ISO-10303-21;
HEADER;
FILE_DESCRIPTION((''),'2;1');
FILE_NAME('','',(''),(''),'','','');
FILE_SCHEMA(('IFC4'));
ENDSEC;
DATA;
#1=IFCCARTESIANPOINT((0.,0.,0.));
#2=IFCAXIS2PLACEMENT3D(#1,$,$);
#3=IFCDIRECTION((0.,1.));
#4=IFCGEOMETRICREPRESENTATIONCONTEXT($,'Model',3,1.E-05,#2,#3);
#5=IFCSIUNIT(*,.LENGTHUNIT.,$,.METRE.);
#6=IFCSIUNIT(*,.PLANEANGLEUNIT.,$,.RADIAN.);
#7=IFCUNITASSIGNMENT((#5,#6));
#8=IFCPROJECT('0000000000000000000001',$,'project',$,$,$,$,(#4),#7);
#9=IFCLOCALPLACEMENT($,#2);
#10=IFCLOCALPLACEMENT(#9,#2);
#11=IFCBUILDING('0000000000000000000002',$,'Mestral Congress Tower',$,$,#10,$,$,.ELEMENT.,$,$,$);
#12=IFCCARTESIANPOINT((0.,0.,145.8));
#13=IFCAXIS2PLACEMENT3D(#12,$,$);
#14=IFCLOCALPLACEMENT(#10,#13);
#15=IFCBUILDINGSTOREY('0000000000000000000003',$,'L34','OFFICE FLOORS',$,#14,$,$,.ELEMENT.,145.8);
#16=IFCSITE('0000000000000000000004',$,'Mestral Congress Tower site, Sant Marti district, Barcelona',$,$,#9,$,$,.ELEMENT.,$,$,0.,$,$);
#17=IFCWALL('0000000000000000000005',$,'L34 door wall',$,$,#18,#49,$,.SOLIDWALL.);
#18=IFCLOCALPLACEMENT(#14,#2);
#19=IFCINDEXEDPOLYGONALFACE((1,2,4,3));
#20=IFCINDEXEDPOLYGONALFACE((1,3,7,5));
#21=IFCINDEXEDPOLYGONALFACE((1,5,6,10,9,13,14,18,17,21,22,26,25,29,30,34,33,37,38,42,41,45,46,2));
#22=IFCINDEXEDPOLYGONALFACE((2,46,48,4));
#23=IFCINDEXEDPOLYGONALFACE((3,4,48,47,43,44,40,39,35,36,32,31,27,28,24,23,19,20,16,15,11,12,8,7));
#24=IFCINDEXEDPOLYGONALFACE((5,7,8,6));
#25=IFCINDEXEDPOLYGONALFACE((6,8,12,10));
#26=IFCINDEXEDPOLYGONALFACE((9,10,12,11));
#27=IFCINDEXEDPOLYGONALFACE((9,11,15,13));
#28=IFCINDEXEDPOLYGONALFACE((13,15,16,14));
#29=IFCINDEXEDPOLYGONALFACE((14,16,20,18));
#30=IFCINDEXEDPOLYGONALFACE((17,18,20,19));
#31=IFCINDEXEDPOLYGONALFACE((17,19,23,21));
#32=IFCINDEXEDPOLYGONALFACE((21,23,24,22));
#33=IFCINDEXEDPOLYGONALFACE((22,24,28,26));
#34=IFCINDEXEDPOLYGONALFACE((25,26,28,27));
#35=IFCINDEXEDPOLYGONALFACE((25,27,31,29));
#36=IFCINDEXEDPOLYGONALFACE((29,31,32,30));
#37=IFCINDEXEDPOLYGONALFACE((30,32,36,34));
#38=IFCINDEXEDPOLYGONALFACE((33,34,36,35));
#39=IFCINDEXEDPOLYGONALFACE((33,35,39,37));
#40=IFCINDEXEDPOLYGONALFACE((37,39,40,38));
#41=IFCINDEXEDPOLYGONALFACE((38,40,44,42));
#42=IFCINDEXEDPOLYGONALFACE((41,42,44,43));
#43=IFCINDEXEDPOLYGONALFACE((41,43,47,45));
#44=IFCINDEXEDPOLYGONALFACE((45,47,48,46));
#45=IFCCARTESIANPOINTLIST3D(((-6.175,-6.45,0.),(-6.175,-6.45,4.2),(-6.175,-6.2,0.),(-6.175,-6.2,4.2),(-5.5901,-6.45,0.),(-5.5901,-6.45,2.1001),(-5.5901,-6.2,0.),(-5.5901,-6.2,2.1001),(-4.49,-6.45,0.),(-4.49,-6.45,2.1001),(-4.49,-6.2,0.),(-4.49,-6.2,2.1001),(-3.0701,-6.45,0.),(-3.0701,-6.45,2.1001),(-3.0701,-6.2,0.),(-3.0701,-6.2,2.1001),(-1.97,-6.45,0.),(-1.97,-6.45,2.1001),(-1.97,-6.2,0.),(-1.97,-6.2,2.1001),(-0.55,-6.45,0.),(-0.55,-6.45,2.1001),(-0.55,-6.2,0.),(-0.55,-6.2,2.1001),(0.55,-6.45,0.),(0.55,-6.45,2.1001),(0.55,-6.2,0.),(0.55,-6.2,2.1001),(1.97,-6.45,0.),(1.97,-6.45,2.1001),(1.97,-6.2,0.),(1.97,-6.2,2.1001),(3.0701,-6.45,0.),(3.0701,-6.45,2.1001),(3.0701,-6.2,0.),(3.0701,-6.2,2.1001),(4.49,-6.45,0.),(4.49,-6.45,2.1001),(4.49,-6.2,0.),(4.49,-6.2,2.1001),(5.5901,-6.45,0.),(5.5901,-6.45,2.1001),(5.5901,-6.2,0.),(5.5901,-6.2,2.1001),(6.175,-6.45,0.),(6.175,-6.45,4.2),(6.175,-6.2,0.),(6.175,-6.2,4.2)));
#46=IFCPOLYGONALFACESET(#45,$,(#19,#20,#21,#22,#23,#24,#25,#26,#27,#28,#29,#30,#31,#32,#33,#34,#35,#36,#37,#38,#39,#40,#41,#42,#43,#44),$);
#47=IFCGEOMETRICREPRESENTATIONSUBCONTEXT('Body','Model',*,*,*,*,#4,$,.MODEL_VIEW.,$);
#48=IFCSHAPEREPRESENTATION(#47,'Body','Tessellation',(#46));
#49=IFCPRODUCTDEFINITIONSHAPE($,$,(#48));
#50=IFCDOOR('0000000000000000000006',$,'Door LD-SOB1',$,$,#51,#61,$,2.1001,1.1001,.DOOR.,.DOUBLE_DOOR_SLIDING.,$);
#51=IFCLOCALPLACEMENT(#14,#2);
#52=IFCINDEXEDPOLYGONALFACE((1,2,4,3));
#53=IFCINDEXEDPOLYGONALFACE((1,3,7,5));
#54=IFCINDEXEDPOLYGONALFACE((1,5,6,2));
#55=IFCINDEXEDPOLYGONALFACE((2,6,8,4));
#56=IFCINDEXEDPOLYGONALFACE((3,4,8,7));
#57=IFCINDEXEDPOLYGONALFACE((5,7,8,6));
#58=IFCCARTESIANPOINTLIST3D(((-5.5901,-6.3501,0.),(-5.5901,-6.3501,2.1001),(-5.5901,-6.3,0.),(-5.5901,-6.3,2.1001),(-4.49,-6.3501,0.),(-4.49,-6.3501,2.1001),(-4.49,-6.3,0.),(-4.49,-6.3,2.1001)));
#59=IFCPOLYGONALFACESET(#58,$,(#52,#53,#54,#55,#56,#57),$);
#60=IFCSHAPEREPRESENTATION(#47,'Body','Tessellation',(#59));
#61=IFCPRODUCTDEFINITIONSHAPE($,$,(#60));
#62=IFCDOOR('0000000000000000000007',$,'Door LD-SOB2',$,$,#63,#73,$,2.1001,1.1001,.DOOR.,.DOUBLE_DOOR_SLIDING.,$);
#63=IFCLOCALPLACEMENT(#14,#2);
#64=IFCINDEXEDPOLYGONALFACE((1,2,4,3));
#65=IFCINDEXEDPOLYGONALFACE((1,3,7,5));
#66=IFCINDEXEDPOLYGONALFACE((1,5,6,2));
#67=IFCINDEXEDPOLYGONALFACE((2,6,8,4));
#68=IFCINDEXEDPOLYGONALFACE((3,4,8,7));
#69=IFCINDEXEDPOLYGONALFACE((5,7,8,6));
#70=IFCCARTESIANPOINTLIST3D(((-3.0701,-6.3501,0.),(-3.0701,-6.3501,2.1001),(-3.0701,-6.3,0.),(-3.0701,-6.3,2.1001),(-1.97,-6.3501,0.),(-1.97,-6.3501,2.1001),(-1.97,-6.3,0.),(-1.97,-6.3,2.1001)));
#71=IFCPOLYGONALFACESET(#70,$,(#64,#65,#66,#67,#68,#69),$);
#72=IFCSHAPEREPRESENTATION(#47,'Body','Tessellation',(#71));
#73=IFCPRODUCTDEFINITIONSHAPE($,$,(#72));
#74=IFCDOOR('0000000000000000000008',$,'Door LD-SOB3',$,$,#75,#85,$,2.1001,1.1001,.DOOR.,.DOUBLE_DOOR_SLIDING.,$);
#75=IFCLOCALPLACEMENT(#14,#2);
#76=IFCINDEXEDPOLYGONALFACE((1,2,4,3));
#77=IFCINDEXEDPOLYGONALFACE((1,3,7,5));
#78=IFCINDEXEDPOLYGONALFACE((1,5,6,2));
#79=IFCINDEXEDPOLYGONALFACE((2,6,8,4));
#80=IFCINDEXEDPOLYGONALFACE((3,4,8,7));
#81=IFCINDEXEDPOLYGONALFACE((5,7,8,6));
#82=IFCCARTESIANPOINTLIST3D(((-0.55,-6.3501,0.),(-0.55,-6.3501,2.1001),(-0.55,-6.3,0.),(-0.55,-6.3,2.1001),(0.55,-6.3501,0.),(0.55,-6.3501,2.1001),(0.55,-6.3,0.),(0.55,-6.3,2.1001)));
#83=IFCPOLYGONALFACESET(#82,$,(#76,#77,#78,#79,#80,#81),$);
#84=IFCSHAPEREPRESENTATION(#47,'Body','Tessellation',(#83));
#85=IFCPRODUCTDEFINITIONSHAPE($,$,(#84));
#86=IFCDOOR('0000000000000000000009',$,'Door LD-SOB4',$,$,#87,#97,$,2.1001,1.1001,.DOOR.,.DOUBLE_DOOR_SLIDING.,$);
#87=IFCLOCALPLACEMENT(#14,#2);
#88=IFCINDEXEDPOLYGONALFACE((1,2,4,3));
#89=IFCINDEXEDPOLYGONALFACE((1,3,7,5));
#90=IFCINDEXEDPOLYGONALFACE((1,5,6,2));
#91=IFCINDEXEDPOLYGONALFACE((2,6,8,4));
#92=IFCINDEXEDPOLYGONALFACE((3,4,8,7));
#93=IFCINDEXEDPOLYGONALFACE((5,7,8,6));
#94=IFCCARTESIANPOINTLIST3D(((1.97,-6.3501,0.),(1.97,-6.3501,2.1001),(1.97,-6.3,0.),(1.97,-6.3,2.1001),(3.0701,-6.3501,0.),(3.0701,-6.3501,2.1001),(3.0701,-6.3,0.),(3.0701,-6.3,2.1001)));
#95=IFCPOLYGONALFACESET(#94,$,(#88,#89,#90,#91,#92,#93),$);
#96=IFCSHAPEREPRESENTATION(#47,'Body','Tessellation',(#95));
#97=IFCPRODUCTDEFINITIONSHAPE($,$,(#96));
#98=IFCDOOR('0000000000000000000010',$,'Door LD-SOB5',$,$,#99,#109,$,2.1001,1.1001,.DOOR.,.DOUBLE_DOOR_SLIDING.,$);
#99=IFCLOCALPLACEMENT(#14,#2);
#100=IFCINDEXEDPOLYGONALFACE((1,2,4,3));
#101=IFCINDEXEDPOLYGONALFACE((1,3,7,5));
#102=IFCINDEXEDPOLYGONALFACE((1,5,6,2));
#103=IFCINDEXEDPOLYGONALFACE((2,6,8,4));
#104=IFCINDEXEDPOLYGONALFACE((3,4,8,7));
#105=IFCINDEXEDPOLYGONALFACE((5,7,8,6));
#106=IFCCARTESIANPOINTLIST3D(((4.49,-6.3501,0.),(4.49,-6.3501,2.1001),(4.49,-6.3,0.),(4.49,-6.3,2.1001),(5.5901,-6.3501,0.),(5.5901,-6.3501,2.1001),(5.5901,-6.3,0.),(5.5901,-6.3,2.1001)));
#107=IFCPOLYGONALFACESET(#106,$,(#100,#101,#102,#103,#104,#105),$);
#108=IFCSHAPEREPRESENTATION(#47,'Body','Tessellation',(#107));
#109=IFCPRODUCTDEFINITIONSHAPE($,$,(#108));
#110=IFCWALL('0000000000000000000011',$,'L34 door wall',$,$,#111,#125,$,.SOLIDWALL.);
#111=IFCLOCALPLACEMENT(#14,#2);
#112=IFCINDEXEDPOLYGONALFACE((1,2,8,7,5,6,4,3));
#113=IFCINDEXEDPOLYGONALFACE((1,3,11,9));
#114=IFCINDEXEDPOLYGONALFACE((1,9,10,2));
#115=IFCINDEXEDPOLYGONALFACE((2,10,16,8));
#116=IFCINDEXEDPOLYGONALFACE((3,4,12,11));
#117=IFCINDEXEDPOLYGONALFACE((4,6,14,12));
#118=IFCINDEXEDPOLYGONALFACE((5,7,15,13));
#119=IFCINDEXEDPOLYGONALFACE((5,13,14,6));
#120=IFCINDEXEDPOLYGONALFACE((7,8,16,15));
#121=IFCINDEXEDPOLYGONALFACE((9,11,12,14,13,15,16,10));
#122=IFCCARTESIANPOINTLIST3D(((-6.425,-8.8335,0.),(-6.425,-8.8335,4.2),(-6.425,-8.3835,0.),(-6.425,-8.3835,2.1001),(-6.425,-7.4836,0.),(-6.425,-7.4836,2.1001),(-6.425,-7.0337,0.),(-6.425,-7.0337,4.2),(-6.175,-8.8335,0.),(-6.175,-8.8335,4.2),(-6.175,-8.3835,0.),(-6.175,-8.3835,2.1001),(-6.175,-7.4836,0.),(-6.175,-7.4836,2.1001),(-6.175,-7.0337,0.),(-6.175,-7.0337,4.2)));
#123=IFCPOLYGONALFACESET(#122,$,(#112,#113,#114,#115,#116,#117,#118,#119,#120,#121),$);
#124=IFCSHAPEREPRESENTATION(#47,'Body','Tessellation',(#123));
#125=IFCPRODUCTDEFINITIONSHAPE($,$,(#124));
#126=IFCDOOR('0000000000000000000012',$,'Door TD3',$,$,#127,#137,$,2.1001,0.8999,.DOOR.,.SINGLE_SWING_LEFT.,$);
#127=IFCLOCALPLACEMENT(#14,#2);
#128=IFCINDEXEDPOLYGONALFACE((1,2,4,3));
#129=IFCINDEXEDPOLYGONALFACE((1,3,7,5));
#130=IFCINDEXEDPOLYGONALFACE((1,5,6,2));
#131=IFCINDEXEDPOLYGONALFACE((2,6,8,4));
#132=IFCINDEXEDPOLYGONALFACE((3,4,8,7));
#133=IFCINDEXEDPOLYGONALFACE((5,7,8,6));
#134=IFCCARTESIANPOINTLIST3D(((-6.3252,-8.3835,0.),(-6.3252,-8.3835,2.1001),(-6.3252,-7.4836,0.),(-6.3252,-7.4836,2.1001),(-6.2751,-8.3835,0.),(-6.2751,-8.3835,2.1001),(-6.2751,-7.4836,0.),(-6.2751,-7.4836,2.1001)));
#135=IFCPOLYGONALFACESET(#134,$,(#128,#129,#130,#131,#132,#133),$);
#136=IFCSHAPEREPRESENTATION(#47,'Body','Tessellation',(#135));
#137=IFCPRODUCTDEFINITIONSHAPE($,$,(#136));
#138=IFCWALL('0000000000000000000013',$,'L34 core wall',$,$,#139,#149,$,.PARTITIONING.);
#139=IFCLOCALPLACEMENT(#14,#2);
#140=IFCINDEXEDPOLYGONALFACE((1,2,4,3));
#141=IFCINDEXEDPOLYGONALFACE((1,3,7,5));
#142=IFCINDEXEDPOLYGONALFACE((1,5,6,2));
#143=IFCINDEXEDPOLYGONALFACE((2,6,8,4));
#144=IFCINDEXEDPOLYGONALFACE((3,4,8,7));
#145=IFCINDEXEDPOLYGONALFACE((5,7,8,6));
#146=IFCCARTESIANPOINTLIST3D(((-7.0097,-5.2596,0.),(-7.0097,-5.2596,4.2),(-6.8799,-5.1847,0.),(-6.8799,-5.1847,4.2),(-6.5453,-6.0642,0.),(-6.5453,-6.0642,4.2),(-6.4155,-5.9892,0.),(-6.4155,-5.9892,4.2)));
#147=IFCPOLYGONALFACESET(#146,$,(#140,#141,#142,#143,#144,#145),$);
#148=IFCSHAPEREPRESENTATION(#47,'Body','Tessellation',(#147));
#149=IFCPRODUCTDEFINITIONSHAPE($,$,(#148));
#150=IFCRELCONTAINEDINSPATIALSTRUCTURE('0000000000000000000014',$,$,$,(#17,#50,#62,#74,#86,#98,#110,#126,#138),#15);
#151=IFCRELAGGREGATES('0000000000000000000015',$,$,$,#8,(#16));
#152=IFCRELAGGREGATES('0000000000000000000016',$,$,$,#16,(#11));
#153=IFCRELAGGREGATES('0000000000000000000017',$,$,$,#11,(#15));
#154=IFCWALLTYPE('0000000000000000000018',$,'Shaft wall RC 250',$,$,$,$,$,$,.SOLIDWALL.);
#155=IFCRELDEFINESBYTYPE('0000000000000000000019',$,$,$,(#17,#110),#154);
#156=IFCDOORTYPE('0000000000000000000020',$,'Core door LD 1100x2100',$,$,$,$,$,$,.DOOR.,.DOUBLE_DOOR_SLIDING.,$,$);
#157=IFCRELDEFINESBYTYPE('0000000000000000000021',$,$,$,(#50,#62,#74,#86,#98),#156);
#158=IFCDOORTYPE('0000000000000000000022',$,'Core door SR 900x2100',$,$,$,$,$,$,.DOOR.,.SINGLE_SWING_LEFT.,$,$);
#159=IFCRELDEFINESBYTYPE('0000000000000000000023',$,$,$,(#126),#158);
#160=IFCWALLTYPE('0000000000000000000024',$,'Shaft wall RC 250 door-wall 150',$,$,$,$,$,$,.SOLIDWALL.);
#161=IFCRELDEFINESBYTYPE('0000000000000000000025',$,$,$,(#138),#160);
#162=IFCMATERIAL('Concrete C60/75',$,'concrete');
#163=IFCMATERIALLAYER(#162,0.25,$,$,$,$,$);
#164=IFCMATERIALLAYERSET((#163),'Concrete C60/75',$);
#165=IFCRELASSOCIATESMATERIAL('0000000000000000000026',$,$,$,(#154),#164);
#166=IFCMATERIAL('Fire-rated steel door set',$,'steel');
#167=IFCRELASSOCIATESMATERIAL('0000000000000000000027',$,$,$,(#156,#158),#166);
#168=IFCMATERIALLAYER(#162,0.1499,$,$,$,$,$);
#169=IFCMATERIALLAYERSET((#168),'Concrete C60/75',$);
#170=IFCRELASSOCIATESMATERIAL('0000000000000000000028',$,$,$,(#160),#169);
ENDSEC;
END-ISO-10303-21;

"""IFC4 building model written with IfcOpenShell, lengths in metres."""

from ifc_helpers import new_model, si_unit, direction, frame, frame_2d, origin, place, context, subcontext, project, spatial, rectangle, extrude, material, layer, layer_set, type_object, element, fill, save


model = new_model("IFC4")

# Units and contexts
model_context = context("Model", 3, precision=1e-05, world=origin(), true_north=direction((0.0, 1.0)))
body_context = subcontext(model_context, "Body", "Model", "MODEL_VIEW")
ifc_project = project(units=[si_unit("LENGTHUNIT", "METRE"), si_unit("PLANEANGLEUNIT", "RADIAN")], contexts=[model_context])

# Site, building, storey
site_placement = place(None, origin())
site = spatial("IfcSite", under=ifc_project, at=site_placement, Name="Mestral Congress Tower site, Sant Marti district, Barcelona", CompositionType="ELEMENT", RefElevation=0.0)
building_placement = place(site_placement, origin())
building = spatial("IfcBuilding", under=site, at=building_placement, Name="Mestral Congress Tower", CompositionType="ELEMENT")
storey_placement = place(building_placement, frame((0.0, 0.0, 145.8)))
storey = spatial("IfcBuildingStorey", under=building, at=storey_placement, Name="L34", Description="OFFICE FLOORS", CompositionType="ELEMENT", Elevation=145.8)

# Shared definitions
ifc_material_1 = material(Name="Concrete C60/75", Category="concrete")
ifc_layer_1 = layer(ifc_material_1, 0.25)
ifc_layer_set_1 = layer_set([ifc_layer_1], Name="Concrete C60/75")
wall_type_1 = type_object("IfcWallType", Name="Shaft wall RC 250", PredefinedType="SOLIDWALL", material=ifc_layer_set_1)

# Wall, openings, doors
wall_1_placement = place(storey_placement, frame((-6.175, -6.325, 0.0), z_axis=(0.0, 0.0, 1.0), x_axis=(1.0, 0.0, 0.0)))
wall_1 = element("IfcWall", 1, at=wall_1_placement, inside=storey, type_object=wall_type_1, Name="L34 door wall", PredefinedType="SOLIDWALL", context=body_context, shape_type="SweptSolid", body=[
    extrude(rectangle(XDim=12.3501, YDim=0.25, at=frame_2d((6.175, 0.0))), origin(), (0.0, 0.0, 1.0), 4.2),
])
opening_1_placement = place(wall_1_placement, frame((0.585, 0.0, 0.0)))
opening_1 = element("IfcOpeningElement", 2, at=opening_1_placement, cuts=wall_1, PredefinedType="OPENING", context=body_context, shape_type="SweptSolid", body=[
    extrude(rectangle(XDim=1.1001, YDim=2.1001, at=frame_2d((0.55, 1.05))), frame((0.0, 0.135, 0.0), z_axis=(0.0, -1.0, 0.0), x_axis=(1.0, 0.0, 0.0)), (0.0, 0.0, 1.0), 0.27),
])
opening_2_placement = place(wall_1_placement, frame((3.105, 0.0, 0.0)))
opening_2 = element("IfcOpeningElement", 3, at=opening_2_placement, cuts=wall_1, PredefinedType="OPENING", context=body_context, shape_type="SweptSolid", body=[
    extrude(rectangle(XDim=1.1001, YDim=2.1001, at=frame_2d((0.55, 1.05))), frame((0.0, 0.135, 0.0), z_axis=(0.0, -1.0, 0.0), x_axis=(1.0, 0.0, 0.0)), (0.0, 0.0, 1.0), 0.27),
])
opening_3_placement = place(wall_1_placement, frame((5.625, 0.0, 0.0)))
opening_3 = element("IfcOpeningElement", 4, at=opening_3_placement, cuts=wall_1, PredefinedType="OPENING", context=body_context, shape_type="SweptSolid", body=[
    extrude(rectangle(XDim=1.1001, YDim=2.1001, at=frame_2d((0.55, 1.05))), frame((0.0, 0.135, 0.0), z_axis=(0.0, -1.0, 0.0), x_axis=(1.0, 0.0, 0.0)), (0.0, 0.0, 1.0), 0.27),
])
opening_4_placement = place(wall_1_placement, frame((8.145, 0.0, 0.0)))
opening_4 = element("IfcOpeningElement", 5, at=opening_4_placement, cuts=wall_1, PredefinedType="OPENING", context=body_context, shape_type="SweptSolid", body=[
    extrude(rectangle(XDim=1.1001, YDim=2.1001, at=frame_2d((0.55, 1.05))), frame((0.0, 0.135, 0.0), z_axis=(0.0, -1.0, 0.0), x_axis=(1.0, 0.0, 0.0)), (0.0, 0.0, 1.0), 0.27),
])
opening_5_placement = place(wall_1_placement, frame((10.665, 0.0, 0.0)))
opening_5 = element("IfcOpeningElement", 6, at=opening_5_placement, cuts=wall_1, PredefinedType="OPENING", context=body_context, shape_type="SweptSolid", body=[
    extrude(rectangle(XDim=1.1001, YDim=2.1001, at=frame_2d((0.55, 1.05))), frame((0.0, 0.135, 0.0), z_axis=(0.0, -1.0, 0.0), x_axis=(1.0, 0.0, 0.0)), (0.0, 0.0, 1.0), 0.27),
])
ifc_material_2 = material(Name="Fire-rated steel door set", Category="steel")
door_type_1 = type_object("IfcDoorType", Name="Core door LD 1100x2100", OperationType="DOUBLE_DOOR_SLIDING", PredefinedType="DOOR", material=ifc_material_2)
door_1_placement = place(opening_1_placement, origin())
door_1 = element("IfcDoor", 7, at=door_1_placement, inside=storey, type_object=door_type_1, Name="Door LD-SOB1", OperationType="DOUBLE_DOOR_SLIDING", OverallHeight=2.1001, OverallWidth=1.1001, PredefinedType="DOOR", context=body_context, shape_type="SweptSolid", body=[
    extrude(rectangle(XDim=1.1001, YDim=2.1001, at=frame_2d((0.55, 1.05))), frame((0.0, 0.0249, 0.0), z_axis=(0.0, -1.0, 0.0), x_axis=(1.0, 0.0, 0.0)), (0.0, 0.0, 1.0), 0.05),
])
fill(opening_1, door_1)
door_2_placement = place(opening_2_placement, origin())
door_2 = element("IfcDoor", 8, at=door_2_placement, inside=storey, type_object=door_type_1, Name="Door LD-SOB2", OperationType="DOUBLE_DOOR_SLIDING", OverallHeight=2.1001, OverallWidth=1.1001, PredefinedType="DOOR", context=body_context, shape_type="SweptSolid", body=[
    extrude(rectangle(XDim=1.1001, YDim=2.1001, at=frame_2d((0.55, 1.05))), frame((0.0, 0.0249, 0.0), z_axis=(0.0, -1.0, 0.0), x_axis=(1.0, 0.0, 0.0)), (0.0, 0.0, 1.0), 0.05),
])
fill(opening_2, door_2)
door_3_placement = place(opening_3_placement, origin())
door_3 = element("IfcDoor", 9, at=door_3_placement, inside=storey, type_object=door_type_1, Name="Door LD-SOB3", OperationType="DOUBLE_DOOR_SLIDING", OverallHeight=2.1001, OverallWidth=1.1001, PredefinedType="DOOR", context=body_context, shape_type="SweptSolid", body=[
    extrude(rectangle(XDim=1.1001, YDim=2.1001, at=frame_2d((0.55, 1.05))), frame((0.0, 0.0249, 0.0), z_axis=(0.0, -1.0, 0.0), x_axis=(1.0, 0.0, 0.0)), (0.0, 0.0, 1.0), 0.05),
])
fill(opening_3, door_3)
door_4_placement = place(opening_4_placement, origin())
door_4 = element("IfcDoor", 10, at=door_4_placement, inside=storey, type_object=door_type_1, Name="Door LD-SOB4", OperationType="DOUBLE_DOOR_SLIDING", OverallHeight=2.1001, OverallWidth=1.1001, PredefinedType="DOOR", context=body_context, shape_type="SweptSolid", body=[
    extrude(rectangle(XDim=1.1001, YDim=2.1001, at=frame_2d((0.55, 1.05))), frame((0.0, 0.0249, 0.0), z_axis=(0.0, -1.0, 0.0), x_axis=(1.0, 0.0, 0.0)), (0.0, 0.0, 1.0), 0.05),
])
fill(opening_4, door_4)
door_5_placement = place(opening_5_placement, origin())
door_5 = element("IfcDoor", 11, at=door_5_placement, inside=storey, type_object=door_type_1, Name="Door LD-SOB5", OperationType="DOUBLE_DOOR_SLIDING", OverallHeight=2.1001, OverallWidth=1.1001, PredefinedType="DOOR", context=body_context, shape_type="SweptSolid", body=[
    extrude(rectangle(XDim=1.1001, YDim=2.1001, at=frame_2d((0.55, 1.05))), frame((0.0, 0.0249, 0.0), z_axis=(0.0, -1.0, 0.0), x_axis=(1.0, 0.0, 0.0)), (0.0, 0.0, 1.0), 0.05),
])
fill(opening_5, door_5)

# Wall, opening, door
wall_2_placement = place(storey_placement, frame((-6.3, -7.0337, 0.0), z_axis=(0.0, 0.0, 1.0), x_axis=(0.0, -1.0, 0.0)))
wall_2 = element("IfcWall", 12, at=wall_2_placement, inside=storey, type_object=wall_type_1, Name="L34 door wall", PredefinedType="SOLIDWALL", context=body_context, shape_type="SweptSolid", body=[
    extrude(rectangle(XDim=1.7998, YDim=0.25, at=frame_2d((0.8999, 0.0))), origin(), (0.0, 0.0, 1.0), 4.2),
])
opening_6_placement = place(wall_2_placement, frame((0.45, 0.0, 0.0)))
opening_6 = element("IfcOpeningElement", 13, at=opening_6_placement, cuts=wall_2, PredefinedType="OPENING", context=body_context, shape_type="SweptSolid", body=[
    extrude(rectangle(XDim=0.8999, YDim=2.1001, at=frame_2d((0.45, 1.05))), frame((0.0, 0.135, 0.0), z_axis=(0.0, -1.0, 0.0), x_axis=(1.0, 0.0, 0.0)), (0.0, 0.0, 1.0), 0.27),
])
door_type_2 = type_object("IfcDoorType", Name="Core door SR 900x2100", OperationType="SINGLE_SWING_LEFT", PredefinedType="DOOR", material=ifc_material_2)
door_6_placement = place(opening_6_placement, origin())
door_6 = element("IfcDoor", 14, at=door_6_placement, inside=storey, type_object=door_type_2, Name="Door TD3", OperationType="SINGLE_SWING_LEFT", OverallHeight=2.1001, OverallWidth=0.8999, PredefinedType="DOOR", context=body_context, shape_type="SweptSolid", body=[
    extrude(rectangle(XDim=0.8999, YDim=2.1001, at=frame_2d((0.45, 1.05))), frame((0.0, 0.0249, 0.0), z_axis=(0.0, -1.0, 0.0), x_axis=(1.0, 0.0, 0.0)), (0.0, 0.0, 1.0), 0.05),
])
fill(opening_6, door_6)

# Wall
ifc_layer_2 = layer(ifc_material_1, 0.1499)
ifc_layer_set_2 = layer_set([ifc_layer_2], Name="Concrete C60/75")
wall_type_2 = type_object("IfcWallType", Name="Shaft wall RC 250 door-wall 150", PredefinedType="SOLIDWALL", material=ifc_layer_set_2)
wall_3_placement = place(storey_placement, frame((-6.4805, -6.0266, 0.0), z_axis=(0.0, 0.0, 1.0), x_axis=(-0.499927, 0.866067, 0.0)))
element("IfcWall", 15, at=wall_3_placement, inside=storey, type_object=wall_type_2, Name="L34 core wall", PredefinedType="PARTITIONING", context=body_context, shape_type="SweptSolid", body=[
    extrude(rectangle(XDim=0.929, YDim=0.1499, at=frame_2d((0.4644, 0.0))), origin(), (0.0, 0.0, 1.0), 4.2),
])

save(model, "model.ifc")
